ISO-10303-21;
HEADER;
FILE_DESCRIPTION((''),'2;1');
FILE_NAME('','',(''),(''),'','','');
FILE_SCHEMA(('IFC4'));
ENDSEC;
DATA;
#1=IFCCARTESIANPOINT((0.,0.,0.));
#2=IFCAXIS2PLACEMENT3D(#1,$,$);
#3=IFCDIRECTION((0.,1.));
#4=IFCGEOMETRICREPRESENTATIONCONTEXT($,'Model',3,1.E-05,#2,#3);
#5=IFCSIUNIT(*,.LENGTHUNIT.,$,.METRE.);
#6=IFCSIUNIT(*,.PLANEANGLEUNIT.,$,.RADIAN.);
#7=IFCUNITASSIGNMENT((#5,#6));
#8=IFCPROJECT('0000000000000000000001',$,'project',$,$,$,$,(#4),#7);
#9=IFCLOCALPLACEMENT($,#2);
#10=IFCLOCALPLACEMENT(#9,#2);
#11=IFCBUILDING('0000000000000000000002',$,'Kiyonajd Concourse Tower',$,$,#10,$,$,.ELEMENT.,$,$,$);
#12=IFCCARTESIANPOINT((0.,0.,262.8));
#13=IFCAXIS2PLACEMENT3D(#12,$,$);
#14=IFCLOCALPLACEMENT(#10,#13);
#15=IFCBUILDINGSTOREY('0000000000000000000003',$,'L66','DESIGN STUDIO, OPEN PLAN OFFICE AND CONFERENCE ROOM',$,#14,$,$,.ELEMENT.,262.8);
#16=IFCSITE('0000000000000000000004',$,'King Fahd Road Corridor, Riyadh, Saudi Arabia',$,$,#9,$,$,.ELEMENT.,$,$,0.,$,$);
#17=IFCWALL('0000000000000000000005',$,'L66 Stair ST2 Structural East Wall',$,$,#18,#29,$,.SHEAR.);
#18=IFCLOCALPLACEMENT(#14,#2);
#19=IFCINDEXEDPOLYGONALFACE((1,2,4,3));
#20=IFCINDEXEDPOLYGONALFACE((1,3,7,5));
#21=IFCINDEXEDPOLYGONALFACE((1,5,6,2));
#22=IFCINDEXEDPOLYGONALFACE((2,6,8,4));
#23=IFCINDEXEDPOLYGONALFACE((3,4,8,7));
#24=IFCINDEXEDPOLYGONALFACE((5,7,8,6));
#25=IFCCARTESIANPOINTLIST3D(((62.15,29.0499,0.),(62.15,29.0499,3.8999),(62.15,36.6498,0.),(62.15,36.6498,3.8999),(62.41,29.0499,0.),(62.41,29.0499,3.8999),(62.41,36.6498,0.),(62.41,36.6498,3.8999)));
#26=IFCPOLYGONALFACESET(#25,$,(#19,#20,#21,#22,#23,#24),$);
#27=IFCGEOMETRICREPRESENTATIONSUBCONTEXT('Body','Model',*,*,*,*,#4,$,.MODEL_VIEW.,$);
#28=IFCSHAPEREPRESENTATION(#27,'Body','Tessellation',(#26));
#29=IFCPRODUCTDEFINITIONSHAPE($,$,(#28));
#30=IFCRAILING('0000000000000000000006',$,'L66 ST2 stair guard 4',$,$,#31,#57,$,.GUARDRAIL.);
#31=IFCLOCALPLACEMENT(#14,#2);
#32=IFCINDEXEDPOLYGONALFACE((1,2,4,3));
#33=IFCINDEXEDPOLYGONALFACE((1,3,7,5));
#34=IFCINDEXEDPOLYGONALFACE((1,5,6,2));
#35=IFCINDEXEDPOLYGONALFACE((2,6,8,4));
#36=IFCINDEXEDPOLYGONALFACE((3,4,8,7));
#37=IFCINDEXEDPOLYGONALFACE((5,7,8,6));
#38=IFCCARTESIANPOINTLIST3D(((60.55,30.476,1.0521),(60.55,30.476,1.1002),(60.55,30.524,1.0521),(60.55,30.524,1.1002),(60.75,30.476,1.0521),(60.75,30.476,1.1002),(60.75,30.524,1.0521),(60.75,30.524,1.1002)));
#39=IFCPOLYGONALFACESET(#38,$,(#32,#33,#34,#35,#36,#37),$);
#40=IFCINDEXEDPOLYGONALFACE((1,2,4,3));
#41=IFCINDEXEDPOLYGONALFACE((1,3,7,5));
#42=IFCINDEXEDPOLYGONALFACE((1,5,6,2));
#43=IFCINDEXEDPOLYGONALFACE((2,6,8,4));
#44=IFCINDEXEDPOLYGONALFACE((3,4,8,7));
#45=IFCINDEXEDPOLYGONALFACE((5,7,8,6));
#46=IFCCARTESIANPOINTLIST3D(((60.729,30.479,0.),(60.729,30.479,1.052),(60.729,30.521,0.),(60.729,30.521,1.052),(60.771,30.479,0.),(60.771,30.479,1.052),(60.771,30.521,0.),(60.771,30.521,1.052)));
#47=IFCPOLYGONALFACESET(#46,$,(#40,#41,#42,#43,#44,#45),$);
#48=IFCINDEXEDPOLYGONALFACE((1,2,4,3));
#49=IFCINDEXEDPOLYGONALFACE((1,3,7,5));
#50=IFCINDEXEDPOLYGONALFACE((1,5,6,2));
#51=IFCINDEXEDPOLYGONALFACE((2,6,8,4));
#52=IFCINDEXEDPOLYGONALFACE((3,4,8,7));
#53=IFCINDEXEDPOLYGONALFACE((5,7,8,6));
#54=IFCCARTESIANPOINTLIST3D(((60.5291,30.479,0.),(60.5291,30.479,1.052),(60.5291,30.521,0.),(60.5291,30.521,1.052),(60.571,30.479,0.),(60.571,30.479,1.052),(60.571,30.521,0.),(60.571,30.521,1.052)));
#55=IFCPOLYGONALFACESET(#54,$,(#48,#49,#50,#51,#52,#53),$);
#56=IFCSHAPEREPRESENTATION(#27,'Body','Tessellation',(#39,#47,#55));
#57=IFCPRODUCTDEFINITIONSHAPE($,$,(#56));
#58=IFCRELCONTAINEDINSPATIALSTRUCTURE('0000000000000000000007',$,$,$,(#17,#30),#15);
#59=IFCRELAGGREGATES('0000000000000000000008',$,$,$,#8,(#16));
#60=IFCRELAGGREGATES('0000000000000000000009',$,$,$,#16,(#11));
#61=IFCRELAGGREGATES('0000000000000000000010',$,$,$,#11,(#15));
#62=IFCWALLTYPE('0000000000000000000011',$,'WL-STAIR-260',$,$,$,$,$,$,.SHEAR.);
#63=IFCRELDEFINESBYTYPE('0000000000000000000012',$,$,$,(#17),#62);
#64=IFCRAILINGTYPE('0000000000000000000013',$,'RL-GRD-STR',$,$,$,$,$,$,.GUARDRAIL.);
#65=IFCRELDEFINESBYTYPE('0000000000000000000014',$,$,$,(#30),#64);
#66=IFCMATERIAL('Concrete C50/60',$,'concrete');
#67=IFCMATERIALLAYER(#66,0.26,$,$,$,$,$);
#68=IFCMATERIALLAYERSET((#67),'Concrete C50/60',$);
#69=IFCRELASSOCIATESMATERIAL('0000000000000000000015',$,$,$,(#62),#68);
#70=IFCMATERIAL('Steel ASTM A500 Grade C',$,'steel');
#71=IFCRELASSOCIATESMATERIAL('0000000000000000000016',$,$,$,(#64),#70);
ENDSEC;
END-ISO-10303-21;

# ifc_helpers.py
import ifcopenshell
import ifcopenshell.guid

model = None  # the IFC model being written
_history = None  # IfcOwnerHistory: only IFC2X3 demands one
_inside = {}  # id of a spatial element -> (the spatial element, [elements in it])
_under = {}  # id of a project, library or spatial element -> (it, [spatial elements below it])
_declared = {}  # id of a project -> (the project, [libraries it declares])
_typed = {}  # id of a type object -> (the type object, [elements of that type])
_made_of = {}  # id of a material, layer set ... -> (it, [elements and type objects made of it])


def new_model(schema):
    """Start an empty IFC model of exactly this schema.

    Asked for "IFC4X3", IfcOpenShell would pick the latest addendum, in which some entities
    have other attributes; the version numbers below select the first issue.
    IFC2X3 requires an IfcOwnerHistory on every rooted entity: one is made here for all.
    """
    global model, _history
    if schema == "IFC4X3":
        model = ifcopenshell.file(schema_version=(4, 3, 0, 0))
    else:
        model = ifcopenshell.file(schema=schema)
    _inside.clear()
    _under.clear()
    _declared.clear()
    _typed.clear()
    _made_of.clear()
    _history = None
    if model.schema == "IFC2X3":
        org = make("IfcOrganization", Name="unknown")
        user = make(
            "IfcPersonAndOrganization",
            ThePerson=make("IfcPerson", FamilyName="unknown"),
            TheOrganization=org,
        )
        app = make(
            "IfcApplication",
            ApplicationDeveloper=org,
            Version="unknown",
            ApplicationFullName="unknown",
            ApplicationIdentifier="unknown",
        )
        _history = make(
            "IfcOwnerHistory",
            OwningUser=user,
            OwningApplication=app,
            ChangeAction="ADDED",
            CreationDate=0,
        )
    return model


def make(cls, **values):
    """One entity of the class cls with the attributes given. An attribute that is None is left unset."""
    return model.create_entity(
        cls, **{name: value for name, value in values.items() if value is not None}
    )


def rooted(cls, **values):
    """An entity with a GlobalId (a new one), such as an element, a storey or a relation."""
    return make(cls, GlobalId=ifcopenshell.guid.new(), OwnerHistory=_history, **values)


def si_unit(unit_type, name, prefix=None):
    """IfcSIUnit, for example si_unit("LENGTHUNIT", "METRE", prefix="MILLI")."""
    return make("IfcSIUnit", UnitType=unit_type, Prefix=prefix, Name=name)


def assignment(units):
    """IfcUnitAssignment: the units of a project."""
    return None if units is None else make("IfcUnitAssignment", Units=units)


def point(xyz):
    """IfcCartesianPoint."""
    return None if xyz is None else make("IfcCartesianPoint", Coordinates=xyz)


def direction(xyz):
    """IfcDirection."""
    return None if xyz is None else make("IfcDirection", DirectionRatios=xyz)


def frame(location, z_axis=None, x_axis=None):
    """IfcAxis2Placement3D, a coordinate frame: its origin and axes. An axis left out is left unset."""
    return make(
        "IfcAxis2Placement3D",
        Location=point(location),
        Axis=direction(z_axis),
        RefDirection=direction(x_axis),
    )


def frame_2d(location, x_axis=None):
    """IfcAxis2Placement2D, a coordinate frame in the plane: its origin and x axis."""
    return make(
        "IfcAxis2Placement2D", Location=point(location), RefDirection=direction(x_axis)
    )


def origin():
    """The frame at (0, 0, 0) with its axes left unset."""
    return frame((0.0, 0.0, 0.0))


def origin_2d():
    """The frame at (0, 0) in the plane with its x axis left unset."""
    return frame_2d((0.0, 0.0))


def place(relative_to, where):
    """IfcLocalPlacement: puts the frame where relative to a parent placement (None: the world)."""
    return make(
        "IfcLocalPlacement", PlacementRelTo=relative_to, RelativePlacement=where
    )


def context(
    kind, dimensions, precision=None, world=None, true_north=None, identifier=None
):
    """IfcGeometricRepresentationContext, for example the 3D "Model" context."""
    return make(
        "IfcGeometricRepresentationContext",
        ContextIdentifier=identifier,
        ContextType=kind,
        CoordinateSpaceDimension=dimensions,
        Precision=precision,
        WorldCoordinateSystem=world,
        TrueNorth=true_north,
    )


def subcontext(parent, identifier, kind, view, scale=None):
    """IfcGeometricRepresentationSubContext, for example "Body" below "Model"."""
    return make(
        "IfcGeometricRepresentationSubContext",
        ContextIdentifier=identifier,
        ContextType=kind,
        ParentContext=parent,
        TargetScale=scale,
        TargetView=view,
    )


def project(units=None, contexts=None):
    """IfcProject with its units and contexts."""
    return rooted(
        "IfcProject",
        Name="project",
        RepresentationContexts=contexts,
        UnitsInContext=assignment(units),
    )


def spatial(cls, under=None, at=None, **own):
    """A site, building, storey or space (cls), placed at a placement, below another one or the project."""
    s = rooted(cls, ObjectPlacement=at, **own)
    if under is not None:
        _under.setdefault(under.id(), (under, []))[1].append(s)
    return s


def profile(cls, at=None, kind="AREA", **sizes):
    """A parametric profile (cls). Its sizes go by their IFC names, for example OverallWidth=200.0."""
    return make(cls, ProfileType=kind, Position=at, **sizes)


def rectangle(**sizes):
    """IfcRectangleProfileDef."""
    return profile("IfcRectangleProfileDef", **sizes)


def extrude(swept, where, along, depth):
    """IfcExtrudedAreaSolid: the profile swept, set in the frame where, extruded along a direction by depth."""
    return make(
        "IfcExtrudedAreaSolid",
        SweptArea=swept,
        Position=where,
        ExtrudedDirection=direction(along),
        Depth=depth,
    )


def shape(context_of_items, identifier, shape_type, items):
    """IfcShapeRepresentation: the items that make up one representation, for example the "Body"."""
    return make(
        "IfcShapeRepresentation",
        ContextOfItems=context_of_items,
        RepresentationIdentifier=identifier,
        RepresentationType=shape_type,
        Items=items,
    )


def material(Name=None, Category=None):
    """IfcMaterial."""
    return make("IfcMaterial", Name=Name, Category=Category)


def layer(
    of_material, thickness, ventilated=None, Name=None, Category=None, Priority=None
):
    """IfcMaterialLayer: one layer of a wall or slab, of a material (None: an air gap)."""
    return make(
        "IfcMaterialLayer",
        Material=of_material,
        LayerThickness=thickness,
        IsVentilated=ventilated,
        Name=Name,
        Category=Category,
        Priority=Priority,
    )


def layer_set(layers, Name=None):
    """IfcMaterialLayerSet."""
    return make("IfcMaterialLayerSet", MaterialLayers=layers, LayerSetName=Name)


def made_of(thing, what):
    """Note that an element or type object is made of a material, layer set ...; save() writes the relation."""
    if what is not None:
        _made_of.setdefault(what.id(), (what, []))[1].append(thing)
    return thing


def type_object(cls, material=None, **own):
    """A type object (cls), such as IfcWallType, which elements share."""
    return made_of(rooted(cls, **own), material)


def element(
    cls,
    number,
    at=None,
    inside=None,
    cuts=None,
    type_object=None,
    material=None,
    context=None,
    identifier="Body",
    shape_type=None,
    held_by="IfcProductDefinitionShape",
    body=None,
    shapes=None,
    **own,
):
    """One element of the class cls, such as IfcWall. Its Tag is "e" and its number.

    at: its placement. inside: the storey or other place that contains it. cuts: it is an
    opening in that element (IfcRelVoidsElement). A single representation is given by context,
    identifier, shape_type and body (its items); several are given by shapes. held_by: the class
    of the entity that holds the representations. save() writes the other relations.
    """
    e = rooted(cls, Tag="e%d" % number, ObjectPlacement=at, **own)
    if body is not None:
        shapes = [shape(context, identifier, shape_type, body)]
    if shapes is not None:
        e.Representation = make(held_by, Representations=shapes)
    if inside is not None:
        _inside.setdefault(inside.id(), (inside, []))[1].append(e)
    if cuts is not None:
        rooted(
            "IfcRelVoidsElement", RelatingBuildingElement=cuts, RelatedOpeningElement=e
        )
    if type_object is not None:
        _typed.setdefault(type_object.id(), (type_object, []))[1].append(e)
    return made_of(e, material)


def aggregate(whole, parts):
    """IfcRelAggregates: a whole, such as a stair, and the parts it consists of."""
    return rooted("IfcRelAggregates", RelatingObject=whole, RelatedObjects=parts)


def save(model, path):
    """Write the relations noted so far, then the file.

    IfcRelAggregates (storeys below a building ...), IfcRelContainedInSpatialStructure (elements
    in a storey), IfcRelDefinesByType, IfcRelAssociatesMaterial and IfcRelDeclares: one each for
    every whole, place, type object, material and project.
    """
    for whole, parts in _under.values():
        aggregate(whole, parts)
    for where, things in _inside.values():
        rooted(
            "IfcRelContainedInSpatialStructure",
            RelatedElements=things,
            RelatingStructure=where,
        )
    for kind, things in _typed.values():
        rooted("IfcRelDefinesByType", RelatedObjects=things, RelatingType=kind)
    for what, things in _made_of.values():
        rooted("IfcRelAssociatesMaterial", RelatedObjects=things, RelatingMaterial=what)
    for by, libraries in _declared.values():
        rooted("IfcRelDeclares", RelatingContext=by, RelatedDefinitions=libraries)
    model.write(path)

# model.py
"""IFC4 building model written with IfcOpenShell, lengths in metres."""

from ifc_helpers import new_model, si_unit, direction, frame, frame_2d, origin, origin_2d, place, context, subcontext, project, spatial, rectangle, extrude, material, layer, layer_set, type_object, element, save


model = new_model("IFC4")

# Units and contexts
model_context = context("Model", 3, precision=1e-05, world=origin(), true_north=direction((0.0, 1.0)))
body_context = subcontext(model_context, "Body", "Model", "MODEL_VIEW")
ifc_project = project(units=[si_unit("LENGTHUNIT", "METRE"), si_unit("PLANEANGLEUNIT", "RADIAN")], contexts=[model_context])

# Site, building, storey
site_placement = place(None, origin())
site = spatial("IfcSite", under=ifc_project, at=site_placement, Name="King Fahd Road Corridor, Riyadh, Saudi Arabia", CompositionType="ELEMENT", RefElevation=0.0)
building_placement = place(site_placement, origin())
building = spatial("IfcBuilding", under=site, at=building_placement, Name="Kiyonajd Concourse Tower", CompositionType="ELEMENT")
storey_placement = place(building_placement, frame((0.0, 0.0, 262.8)))
storey = spatial("IfcBuildingStorey", under=building, at=storey_placement, Name="L66", Description="DESIGN STUDIO, OPEN PLAN OFFICE AND CONFERENCE ROOM", CompositionType="ELEMENT", Elevation=262.8)

# Shared definitions
ifc_material_1 = material(Name="Concrete C50/60", Category="concrete")
ifc_layer_1 = layer(ifc_material_1, 0.26)
ifc_layer_set_1 = layer_set([ifc_layer_1], Name="Concrete C50/60")
wall_type_1 = type_object("IfcWallType", Name="WL-STAIR-260", PredefinedType="SHEAR", material=ifc_layer_set_1)

# Wall
wall_1_placement = place(storey_placement, frame((62.28, 29.05, 0.0), z_axis=(0.0, 0.0, 1.0), x_axis=(0.0, 1.0, 0.0)))
element("IfcWall", 1, at=wall_1_placement, inside=storey, type_object=wall_type_1, Name="L66 Stair ST2 Structural East Wall", PredefinedType="SHEAR", context=body_context, shape_type="SweptSolid", body=[
    extrude(rectangle(XDim=7.5999, YDim=0.26, at=frame_2d((3.7998, 0.0))), origin(), (0.0, 0.0, 1.0), 3.8999),
])

# Railing
ifc_material_2 = material(Name="Steel ASTM A500 Grade C", Category="steel")
railing_type = type_object("IfcRailingType", Name="RL-GRD-STR", PredefinedType="GUARDRAIL", material=ifc_material_2)
railing_placement = place(storey_placement, frame((60.75, 30.5, 0.0)))
element("IfcRailing", 2, at=railing_placement, inside=storey, type_object=railing_type, Name="L66 ST2 stair guard 4", PredefinedType="GUARDRAIL", context=body_context, shape_type="SweptSolid", body=[
    extrude(rectangle(XDim=0.0481, YDim=0.0481, at=origin_2d()), frame((0.0, 0.0, 1.0762), z_axis=(-1.0, 0.0, 0.0), x_axis=(0.0, -1.0, 0.0)), (0.0, 0.0, 1.0), 0.2),
    extrude(rectangle(XDim=0.042, YDim=0.042, at=origin_2d()), origin(), (0.0, 0.0, 1.0), 1.052),
    extrude(rectangle(XDim=0.042, YDim=0.042, at=origin_2d()), frame((-0.2, 0.0, 0.0)), (0.0, 0.0, 1.0), 1.052),
])

save(model, "model.ifc")
